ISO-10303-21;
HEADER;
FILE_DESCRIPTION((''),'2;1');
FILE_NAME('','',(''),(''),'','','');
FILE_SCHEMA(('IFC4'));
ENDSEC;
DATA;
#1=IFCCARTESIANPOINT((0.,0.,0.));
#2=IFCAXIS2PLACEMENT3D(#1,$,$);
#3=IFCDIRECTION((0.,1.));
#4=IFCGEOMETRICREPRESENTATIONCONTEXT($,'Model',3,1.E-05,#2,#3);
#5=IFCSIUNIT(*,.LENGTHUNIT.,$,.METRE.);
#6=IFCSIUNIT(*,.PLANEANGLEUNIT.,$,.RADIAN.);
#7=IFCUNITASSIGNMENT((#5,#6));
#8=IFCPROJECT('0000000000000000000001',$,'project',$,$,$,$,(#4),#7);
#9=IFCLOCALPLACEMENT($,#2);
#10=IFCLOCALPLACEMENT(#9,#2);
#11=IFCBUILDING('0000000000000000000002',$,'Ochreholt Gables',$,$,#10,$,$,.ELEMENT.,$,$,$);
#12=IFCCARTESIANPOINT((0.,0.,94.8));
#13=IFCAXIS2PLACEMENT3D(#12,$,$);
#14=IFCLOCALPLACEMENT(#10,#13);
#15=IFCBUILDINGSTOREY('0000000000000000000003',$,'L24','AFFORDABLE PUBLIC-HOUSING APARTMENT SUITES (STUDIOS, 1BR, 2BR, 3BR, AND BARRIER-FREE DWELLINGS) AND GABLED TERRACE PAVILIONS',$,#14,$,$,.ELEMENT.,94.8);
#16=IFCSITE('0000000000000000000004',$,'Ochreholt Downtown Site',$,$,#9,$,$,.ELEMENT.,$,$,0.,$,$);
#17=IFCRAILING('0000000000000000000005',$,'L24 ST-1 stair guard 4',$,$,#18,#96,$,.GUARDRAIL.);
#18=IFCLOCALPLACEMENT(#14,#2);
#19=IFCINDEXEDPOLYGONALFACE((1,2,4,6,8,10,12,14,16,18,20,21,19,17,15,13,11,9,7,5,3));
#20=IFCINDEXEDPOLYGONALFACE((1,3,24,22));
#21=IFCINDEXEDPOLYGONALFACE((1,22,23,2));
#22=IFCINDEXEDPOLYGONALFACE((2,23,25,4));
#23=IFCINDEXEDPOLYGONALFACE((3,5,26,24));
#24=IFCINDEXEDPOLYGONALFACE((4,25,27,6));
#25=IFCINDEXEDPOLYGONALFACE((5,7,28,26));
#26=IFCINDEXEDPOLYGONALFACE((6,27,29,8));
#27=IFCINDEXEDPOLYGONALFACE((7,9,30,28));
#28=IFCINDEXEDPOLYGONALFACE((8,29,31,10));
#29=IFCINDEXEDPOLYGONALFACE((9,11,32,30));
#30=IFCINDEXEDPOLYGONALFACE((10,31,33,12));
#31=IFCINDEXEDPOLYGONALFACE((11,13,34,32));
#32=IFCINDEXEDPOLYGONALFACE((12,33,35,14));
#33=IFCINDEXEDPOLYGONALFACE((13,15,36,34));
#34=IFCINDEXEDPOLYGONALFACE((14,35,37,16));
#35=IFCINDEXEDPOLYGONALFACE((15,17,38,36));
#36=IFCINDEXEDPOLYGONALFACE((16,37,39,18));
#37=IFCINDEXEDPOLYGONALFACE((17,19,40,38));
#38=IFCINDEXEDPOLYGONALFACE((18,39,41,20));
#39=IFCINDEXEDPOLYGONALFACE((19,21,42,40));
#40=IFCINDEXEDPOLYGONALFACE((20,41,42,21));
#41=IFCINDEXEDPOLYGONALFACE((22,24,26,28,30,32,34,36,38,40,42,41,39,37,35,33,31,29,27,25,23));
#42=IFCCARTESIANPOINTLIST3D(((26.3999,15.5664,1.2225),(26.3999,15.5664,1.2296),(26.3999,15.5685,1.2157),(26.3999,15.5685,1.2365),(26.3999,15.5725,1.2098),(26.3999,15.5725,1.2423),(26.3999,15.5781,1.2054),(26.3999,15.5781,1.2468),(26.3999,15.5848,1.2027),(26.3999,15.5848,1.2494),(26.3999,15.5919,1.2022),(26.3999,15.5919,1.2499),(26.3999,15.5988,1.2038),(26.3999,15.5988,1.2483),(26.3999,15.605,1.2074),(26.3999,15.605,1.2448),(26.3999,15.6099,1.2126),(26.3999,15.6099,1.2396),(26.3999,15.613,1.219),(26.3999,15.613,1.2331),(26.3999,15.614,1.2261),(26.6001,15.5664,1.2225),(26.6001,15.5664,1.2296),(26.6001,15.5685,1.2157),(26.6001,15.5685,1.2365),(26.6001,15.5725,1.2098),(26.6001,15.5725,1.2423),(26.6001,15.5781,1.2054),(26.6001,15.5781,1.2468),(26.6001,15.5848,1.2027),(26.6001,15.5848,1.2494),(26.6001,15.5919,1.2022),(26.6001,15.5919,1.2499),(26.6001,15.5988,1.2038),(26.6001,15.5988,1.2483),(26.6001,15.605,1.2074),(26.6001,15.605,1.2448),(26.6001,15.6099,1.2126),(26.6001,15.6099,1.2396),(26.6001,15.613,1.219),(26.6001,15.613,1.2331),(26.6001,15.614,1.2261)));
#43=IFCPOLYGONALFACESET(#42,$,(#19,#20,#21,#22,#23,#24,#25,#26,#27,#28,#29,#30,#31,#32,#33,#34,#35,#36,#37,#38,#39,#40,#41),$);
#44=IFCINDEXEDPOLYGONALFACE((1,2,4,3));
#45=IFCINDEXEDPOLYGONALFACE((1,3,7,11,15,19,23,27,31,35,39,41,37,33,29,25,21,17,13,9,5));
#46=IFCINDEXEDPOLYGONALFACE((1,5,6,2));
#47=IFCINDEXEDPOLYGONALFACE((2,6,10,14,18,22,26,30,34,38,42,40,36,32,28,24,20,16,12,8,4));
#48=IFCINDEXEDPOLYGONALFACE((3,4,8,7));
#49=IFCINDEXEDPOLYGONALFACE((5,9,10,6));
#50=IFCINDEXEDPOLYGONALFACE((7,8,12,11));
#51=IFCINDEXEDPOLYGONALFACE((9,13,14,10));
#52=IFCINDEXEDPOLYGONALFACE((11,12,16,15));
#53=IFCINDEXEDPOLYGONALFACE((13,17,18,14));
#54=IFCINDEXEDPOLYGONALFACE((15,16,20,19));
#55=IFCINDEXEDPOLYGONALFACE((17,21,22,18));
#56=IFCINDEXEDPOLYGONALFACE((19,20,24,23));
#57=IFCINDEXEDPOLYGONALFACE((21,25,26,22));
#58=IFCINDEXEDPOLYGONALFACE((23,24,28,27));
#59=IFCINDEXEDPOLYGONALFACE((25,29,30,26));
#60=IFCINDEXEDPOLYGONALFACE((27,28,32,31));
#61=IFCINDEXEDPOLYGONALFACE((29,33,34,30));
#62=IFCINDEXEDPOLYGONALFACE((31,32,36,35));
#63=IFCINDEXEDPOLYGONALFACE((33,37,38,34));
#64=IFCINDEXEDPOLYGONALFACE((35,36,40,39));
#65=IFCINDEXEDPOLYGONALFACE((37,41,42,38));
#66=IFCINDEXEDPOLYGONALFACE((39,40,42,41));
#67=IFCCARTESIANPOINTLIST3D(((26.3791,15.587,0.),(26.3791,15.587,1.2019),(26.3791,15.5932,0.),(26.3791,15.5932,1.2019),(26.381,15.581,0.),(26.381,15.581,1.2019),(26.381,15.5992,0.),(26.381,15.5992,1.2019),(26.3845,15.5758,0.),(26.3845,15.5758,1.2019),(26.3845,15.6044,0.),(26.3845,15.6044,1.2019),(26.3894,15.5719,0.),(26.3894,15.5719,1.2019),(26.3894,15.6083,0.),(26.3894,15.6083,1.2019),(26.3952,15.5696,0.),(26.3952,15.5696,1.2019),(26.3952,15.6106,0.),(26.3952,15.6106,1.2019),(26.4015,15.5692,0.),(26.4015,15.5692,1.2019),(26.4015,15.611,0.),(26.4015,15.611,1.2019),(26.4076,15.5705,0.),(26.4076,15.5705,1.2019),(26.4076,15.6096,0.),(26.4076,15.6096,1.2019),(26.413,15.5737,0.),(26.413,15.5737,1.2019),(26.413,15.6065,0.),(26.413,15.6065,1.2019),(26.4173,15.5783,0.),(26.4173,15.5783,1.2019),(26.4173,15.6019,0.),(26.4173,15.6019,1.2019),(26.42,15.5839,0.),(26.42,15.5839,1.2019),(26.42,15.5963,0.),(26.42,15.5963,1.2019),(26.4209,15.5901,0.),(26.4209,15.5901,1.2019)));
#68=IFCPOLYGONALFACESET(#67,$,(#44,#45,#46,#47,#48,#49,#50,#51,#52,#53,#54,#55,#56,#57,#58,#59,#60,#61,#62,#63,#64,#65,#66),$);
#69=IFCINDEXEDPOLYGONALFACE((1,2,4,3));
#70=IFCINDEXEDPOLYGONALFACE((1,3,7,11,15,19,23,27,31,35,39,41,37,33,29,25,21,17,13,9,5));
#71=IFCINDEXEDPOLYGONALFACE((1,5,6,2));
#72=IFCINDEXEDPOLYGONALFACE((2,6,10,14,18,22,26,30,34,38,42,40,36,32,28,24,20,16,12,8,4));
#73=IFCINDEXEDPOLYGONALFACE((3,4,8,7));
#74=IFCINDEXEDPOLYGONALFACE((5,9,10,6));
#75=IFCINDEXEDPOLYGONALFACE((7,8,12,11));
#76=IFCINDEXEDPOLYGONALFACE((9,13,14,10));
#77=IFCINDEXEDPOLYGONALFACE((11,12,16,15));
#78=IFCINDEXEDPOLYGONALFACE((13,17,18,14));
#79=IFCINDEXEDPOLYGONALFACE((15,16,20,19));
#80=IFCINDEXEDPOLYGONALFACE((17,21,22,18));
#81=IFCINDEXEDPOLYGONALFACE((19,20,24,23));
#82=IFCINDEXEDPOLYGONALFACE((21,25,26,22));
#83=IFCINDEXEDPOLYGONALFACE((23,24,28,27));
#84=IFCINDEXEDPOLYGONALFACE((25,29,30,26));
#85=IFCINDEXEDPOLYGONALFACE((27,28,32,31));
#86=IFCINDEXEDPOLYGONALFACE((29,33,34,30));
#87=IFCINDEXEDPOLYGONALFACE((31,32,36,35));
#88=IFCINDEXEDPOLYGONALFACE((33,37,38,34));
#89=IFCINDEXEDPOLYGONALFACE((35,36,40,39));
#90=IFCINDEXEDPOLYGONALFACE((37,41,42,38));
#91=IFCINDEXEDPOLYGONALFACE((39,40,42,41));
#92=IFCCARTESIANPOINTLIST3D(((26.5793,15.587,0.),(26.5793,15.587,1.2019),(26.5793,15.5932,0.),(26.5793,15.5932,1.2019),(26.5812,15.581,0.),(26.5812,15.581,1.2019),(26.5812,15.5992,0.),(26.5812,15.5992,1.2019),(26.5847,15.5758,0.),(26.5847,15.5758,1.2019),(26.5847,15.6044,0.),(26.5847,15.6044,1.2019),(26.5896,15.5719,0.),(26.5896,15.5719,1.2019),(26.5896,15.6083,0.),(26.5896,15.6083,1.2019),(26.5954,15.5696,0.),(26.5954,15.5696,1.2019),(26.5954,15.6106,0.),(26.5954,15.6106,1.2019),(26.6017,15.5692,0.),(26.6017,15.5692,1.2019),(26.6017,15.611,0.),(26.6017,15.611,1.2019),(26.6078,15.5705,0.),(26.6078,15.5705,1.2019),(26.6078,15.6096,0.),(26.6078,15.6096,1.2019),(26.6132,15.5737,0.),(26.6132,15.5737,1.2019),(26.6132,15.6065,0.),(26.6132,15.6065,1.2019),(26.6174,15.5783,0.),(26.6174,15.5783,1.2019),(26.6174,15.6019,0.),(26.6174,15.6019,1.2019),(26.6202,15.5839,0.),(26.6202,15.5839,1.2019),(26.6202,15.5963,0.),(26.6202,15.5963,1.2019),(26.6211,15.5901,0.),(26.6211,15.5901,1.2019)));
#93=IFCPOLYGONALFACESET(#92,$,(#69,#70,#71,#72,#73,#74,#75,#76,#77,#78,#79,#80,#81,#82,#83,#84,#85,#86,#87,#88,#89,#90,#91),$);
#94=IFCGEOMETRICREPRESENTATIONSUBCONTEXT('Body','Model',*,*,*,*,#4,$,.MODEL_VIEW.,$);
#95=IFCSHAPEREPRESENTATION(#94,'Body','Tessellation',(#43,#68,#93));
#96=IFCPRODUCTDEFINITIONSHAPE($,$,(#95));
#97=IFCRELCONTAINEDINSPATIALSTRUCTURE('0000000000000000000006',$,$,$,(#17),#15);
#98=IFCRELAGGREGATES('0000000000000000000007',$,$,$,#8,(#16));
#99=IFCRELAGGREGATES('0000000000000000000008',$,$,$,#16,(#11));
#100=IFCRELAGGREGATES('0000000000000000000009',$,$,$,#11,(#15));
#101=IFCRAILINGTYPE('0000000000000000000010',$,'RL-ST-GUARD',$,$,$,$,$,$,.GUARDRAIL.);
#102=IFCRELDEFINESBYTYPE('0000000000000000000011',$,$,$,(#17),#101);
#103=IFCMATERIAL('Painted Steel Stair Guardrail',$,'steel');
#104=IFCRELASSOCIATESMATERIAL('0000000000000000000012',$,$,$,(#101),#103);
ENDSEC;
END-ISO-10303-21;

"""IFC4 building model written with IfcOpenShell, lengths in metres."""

from ifc_helpers import new_model, si_unit, direction, frame, origin, origin_2d, place, context, subcontext, project, spatial, circle, extrude, material, type_object, element, save


model = new_model("IFC4")

# Units and contexts
model_context = context("Model", 3, precision=1e-05, world=origin(), true_north=direction((0.0, 1.0)))
body_context = subcontext(model_context, "Body", "Model", "MODEL_VIEW")
ifc_project = project(units=[si_unit("LENGTHUNIT", "METRE"), si_unit("PLANEANGLEUNIT", "RADIAN")], contexts=[model_context])

# Site, building, storey
site_placement = place(None, origin())
site = spatial("IfcSite", under=ifc_project, at=site_placement, Name="Ochreholt Downtown Site", CompositionType="ELEMENT", RefElevation=0.0)
building_placement = place(site_placement, origin())
building = spatial("IfcBuilding", under=site, at=building_placement, Name="Ochreholt Gables", CompositionType="ELEMENT")
storey_placement = place(building_placement, frame((0.0, 0.0, 94.8)))
storey = spatial("IfcBuildingStorey", under=building, at=storey_placement, Name="L24", Description="AFFORDABLE PUBLIC-HOUSING APARTMENT SUITES (STUDIOS, 1BR, 2BR, 3BR, AND BARRIER-FREE DWELLINGS) AND GABLED TERRACE PAVILIONS", CompositionType="ELEMENT", Elevation=94.8)

# Railing
ifc_material_1 = material(Name="Painted Steel Stair Guardrail", Category="steel")
railing_type_1 = type_object("IfcRailingType", Name="RL-ST-GUARD", PredefinedType="GUARDRAIL", material=ifc_material_1)
railing_1_placement = place(storey_placement, frame((26.3999, 15.5901, 0.0)))
element("IfcRailing", 1, at=railing_1_placement, inside=storey, type_object=railing_type_1, Name="L24 ST-1 stair guard 4", PredefinedType="GUARDRAIL", context=body_context, shape_type="SweptSolid", body=[
    extrude(circle(Radius=0.0239, at=origin_2d()), frame((0.0, 0.0, 1.2261), z_axis=(1.0, 0.0, 0.0), x_axis=(0.0, 1.0, 0.0)), (0.0, 0.0, 1.0), 0.2002),
    extrude(circle(Radius=0.021, at=origin_2d()), origin(), (0.0, 0.0, 1.0), 1.2019),
    extrude(circle(Radius=0.021, at=origin_2d()), frame((0.2002, 0.0, 0.0)), (0.0, 0.0, 1.0), 1.2019),
])

save(model, "model.ifc")
